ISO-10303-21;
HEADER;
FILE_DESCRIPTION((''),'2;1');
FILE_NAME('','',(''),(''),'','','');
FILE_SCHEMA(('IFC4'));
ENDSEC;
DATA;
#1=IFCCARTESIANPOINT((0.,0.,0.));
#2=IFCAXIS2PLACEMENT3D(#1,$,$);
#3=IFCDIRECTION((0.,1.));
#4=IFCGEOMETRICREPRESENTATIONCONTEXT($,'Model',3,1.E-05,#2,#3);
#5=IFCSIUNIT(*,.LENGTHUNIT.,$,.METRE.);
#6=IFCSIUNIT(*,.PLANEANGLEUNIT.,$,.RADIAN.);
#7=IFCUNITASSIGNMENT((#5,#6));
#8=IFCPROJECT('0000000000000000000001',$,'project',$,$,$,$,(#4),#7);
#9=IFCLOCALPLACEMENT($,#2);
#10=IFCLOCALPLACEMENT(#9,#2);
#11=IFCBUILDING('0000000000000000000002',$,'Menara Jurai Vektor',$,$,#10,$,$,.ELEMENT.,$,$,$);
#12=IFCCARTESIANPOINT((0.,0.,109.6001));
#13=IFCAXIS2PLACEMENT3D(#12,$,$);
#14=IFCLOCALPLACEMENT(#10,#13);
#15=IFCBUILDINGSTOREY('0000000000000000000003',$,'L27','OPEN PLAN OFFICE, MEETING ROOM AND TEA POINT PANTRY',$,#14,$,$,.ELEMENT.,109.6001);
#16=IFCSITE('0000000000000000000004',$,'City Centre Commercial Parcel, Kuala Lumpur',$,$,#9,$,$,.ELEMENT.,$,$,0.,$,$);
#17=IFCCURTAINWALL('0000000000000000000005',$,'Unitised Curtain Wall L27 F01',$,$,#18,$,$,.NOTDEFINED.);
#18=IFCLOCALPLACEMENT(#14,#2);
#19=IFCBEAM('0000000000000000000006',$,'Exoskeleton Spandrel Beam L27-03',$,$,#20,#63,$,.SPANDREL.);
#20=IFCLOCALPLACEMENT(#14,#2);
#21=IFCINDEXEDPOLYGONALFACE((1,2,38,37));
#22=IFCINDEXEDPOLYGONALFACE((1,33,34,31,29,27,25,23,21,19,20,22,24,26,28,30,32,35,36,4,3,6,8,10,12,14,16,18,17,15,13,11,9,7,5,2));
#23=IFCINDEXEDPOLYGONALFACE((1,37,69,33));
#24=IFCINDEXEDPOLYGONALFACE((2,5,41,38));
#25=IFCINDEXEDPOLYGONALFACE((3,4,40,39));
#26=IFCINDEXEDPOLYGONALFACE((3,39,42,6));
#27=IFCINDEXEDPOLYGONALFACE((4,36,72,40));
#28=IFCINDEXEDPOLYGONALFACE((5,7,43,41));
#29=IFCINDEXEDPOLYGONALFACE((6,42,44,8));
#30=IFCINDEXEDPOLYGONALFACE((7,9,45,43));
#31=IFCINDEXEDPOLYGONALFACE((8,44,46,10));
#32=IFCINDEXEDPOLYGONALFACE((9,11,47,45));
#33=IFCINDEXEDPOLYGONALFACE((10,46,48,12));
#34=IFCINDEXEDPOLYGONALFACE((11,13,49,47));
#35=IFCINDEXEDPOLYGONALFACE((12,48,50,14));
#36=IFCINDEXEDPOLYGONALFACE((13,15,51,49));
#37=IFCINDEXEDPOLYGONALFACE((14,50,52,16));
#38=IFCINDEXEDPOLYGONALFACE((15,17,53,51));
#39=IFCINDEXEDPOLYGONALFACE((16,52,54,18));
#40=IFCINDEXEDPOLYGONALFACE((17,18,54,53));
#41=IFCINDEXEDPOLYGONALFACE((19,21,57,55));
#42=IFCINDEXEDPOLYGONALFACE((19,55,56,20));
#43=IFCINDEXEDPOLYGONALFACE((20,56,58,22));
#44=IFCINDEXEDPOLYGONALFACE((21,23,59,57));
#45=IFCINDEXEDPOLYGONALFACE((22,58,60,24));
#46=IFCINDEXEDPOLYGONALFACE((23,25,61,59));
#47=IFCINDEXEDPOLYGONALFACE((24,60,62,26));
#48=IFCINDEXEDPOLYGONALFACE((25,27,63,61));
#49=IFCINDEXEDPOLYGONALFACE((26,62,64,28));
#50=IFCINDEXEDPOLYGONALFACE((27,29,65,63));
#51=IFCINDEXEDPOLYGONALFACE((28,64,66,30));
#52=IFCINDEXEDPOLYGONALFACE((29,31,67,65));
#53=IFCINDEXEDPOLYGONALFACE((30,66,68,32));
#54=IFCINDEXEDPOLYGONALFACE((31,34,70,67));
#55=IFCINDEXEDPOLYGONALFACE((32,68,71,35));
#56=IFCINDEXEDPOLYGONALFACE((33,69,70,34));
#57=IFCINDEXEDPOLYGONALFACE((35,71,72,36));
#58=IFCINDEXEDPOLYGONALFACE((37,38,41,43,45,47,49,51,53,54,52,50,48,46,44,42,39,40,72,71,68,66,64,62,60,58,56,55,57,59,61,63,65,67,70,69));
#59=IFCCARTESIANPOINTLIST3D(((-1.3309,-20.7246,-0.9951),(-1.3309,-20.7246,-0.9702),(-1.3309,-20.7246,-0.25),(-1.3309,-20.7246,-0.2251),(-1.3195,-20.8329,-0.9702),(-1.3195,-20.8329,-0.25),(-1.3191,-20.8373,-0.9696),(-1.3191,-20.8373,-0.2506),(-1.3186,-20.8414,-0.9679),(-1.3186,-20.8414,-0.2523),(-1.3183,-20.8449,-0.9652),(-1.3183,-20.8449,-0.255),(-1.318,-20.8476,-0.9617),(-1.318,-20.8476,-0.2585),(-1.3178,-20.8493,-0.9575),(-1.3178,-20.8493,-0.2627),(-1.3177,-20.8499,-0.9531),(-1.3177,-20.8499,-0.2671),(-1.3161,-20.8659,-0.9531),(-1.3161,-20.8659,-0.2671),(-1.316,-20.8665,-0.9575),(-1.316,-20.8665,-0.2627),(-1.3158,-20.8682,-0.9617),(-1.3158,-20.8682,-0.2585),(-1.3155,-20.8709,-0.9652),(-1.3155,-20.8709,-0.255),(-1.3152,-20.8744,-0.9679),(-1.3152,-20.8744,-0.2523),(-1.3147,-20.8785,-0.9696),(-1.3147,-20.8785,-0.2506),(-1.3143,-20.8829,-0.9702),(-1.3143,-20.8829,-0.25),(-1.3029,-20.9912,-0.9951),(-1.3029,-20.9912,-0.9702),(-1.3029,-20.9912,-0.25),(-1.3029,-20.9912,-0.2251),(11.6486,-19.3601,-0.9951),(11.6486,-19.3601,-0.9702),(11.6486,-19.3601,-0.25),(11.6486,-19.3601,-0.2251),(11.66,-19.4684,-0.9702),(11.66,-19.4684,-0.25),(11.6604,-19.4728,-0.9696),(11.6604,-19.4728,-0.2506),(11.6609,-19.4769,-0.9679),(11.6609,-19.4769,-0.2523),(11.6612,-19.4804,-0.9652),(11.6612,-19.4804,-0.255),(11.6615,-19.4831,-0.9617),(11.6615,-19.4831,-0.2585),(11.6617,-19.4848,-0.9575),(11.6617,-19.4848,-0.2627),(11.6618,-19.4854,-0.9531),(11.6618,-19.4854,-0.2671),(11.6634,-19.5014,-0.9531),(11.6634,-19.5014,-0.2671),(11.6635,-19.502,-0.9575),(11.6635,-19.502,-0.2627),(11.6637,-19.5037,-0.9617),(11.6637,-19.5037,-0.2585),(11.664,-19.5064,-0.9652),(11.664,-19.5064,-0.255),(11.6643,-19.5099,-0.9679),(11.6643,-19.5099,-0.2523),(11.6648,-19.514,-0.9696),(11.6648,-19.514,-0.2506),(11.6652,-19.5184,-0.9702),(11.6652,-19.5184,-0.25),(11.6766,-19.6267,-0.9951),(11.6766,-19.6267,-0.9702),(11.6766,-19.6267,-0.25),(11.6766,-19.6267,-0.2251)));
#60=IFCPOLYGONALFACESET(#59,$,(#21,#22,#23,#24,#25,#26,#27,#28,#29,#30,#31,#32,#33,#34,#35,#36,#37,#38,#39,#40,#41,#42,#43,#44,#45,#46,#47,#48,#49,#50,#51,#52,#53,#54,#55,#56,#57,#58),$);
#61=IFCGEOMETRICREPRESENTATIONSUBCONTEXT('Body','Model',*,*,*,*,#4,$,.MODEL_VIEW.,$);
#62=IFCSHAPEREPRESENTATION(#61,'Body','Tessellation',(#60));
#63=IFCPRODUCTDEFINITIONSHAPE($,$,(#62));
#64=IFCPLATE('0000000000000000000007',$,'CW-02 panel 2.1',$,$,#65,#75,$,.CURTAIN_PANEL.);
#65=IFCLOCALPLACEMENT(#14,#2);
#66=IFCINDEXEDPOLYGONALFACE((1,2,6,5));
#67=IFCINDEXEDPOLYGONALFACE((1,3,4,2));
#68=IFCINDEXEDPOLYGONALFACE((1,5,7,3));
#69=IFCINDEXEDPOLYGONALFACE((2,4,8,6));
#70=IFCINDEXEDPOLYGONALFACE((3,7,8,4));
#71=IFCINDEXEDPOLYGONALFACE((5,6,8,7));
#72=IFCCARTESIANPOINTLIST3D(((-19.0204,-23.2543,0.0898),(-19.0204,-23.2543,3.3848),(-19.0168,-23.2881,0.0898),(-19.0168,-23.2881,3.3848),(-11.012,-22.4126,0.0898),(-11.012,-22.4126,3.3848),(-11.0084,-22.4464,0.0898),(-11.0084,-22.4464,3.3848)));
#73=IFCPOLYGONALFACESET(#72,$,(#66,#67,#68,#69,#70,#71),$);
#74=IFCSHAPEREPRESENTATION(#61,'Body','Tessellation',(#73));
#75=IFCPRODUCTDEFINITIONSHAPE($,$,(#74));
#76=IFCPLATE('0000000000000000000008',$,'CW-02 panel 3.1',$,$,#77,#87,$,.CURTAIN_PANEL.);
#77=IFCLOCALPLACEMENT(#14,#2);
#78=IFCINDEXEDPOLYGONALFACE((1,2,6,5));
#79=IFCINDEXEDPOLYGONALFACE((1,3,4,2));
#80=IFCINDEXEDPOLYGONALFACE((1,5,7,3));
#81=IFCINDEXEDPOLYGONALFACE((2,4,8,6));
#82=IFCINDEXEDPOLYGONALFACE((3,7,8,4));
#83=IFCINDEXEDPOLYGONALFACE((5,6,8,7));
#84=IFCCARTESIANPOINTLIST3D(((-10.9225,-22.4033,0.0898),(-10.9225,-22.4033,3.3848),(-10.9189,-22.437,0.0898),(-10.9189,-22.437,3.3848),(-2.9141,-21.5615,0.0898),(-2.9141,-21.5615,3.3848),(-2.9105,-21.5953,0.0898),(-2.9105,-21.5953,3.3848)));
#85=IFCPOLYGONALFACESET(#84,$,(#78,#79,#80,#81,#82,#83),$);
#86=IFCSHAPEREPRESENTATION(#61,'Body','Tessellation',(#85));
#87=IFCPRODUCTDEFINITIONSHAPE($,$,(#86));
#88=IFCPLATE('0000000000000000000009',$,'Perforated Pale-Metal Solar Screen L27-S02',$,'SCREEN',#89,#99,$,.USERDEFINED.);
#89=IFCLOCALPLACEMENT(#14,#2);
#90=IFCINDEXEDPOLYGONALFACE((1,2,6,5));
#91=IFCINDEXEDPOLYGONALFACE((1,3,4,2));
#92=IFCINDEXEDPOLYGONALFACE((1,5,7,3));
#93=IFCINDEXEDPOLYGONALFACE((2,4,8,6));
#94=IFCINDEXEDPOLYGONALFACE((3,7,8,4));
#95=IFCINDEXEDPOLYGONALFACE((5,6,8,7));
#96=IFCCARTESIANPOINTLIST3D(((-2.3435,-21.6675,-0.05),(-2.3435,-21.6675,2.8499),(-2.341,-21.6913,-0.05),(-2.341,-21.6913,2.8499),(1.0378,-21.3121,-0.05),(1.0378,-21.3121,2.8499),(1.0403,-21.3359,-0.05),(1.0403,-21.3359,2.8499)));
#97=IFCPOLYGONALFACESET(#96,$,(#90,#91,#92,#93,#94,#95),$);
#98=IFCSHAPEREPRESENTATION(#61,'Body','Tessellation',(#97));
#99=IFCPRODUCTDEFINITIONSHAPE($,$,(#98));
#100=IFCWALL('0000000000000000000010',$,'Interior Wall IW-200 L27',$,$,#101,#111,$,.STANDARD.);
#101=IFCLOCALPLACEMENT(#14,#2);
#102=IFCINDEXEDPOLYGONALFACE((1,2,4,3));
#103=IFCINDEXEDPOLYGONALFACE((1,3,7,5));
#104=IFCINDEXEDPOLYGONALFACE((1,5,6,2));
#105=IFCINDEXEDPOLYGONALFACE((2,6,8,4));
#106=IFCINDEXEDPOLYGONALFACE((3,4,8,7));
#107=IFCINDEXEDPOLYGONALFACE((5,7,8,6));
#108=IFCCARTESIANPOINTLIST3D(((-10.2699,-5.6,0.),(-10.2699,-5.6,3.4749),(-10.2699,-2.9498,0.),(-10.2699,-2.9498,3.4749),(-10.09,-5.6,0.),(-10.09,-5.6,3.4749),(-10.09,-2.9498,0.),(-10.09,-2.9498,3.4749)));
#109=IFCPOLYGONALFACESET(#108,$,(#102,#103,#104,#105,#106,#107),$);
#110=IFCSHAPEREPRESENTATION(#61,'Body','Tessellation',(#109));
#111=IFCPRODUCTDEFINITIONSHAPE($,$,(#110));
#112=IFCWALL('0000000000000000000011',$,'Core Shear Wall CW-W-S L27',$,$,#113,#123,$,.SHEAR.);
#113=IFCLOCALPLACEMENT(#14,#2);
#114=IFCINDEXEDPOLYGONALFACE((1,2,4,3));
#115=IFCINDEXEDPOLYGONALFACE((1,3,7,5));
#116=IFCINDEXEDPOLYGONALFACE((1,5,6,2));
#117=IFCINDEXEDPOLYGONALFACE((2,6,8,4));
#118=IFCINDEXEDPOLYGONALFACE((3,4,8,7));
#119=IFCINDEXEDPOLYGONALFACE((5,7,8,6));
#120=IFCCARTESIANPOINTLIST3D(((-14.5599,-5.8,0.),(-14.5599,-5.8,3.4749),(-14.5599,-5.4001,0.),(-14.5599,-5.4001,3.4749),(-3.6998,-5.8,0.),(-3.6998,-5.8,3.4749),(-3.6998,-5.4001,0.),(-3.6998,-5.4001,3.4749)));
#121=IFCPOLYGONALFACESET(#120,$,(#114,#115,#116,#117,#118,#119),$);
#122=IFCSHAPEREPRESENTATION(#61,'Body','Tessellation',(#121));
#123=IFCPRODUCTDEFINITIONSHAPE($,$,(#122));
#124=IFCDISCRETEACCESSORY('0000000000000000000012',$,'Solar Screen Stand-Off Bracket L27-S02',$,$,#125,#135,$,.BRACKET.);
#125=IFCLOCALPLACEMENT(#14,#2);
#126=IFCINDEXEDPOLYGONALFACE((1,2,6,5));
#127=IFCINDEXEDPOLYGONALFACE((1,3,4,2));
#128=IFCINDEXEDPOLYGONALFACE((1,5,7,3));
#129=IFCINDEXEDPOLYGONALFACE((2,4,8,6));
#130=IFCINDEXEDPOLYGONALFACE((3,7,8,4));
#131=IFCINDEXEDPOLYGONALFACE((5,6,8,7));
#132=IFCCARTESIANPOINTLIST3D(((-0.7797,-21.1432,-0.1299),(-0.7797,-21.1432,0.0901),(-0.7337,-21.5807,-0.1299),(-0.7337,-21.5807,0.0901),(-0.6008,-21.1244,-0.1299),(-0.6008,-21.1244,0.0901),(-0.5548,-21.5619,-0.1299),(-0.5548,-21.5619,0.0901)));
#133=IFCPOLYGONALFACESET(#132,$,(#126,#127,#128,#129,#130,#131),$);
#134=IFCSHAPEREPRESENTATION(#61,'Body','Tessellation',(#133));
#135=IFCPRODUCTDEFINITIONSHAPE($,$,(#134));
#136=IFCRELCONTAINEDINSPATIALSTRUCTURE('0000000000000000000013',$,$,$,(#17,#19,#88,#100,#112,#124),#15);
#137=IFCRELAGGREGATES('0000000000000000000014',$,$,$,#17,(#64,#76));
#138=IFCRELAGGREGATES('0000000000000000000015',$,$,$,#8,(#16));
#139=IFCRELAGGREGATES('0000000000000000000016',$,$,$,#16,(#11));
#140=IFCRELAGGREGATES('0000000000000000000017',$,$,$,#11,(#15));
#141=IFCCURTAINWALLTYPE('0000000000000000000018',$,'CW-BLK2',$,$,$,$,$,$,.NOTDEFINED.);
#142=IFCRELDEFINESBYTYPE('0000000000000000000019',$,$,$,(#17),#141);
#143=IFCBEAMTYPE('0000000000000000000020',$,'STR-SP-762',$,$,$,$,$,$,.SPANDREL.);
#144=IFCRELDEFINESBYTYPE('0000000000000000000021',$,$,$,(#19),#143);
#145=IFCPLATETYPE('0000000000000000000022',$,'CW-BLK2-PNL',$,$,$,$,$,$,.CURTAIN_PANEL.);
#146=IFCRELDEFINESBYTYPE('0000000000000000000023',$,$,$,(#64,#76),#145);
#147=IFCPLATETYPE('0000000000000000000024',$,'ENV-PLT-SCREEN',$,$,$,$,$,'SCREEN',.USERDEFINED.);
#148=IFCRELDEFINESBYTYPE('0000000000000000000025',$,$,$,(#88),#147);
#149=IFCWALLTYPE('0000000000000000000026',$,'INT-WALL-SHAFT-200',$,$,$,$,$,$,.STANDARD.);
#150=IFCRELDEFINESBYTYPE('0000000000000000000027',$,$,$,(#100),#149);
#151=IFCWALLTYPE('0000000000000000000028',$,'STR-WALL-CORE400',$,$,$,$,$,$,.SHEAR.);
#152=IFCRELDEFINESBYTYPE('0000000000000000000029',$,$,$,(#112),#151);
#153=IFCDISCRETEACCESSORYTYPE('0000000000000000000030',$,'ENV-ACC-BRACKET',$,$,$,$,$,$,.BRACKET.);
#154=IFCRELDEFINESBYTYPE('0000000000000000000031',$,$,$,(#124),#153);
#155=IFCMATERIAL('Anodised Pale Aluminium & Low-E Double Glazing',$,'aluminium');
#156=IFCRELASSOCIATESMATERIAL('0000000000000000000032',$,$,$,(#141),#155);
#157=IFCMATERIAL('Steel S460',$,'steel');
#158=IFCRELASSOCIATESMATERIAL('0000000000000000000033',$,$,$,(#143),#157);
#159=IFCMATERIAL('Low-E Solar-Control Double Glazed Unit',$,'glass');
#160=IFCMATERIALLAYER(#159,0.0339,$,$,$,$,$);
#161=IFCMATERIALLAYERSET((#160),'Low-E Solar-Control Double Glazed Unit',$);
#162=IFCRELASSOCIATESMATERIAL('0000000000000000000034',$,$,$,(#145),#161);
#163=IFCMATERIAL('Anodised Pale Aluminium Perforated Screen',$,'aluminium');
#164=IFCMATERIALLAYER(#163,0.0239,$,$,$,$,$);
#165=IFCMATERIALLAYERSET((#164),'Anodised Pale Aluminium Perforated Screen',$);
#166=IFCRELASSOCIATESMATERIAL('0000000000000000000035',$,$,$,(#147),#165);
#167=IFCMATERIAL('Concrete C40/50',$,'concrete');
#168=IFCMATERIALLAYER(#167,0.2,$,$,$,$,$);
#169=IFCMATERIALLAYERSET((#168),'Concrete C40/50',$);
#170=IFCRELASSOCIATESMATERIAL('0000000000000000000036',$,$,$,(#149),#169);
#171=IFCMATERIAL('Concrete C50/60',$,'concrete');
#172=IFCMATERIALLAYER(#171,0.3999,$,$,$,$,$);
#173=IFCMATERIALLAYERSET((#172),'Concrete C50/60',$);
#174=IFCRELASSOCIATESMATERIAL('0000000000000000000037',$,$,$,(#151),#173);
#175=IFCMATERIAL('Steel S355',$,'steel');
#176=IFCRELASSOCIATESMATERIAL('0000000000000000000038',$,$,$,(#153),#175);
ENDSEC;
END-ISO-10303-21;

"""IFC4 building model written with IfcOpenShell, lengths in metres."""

from ifc_helpers import new_model, si_unit, direction, frame, frame_2d, origin, origin_2d, place, context, subcontext, project, spatial, rectangle, i_section, extrude, material, layer, layer_set, material_profile, profile_set, type_object, element, aggregate, save


model = new_model("IFC4")

# Units and contexts
model_context = context("Model", 3, precision=1e-05, world=origin(), true_north=direction((0.0, 1.0)))
body_context = subcontext(model_context, "Body", "Model", "MODEL_VIEW")
ifc_project = project(units=[si_unit("LENGTHUNIT", "METRE"), si_unit("PLANEANGLEUNIT", "RADIAN")], contexts=[model_context])

# Site, building, storey
site_placement = place(None, origin())
site = spatial("IfcSite", under=ifc_project, at=site_placement, Name="City Centre Commercial Parcel, Kuala Lumpur", CompositionType="ELEMENT", RefElevation=0.0)
building_placement = place(site_placement, origin())
building = spatial("IfcBuilding", under=site, at=building_placement, Name="Menara Jurai Vektor", CompositionType="ELEMENT")
storey_placement = place(building_placement, frame((0.0, 0.0, 109.6001)))
storey = spatial("IfcBuildingStorey", under=building, at=storey_placement, Name="L27", Description="OPEN PLAN OFFICE, MEETING ROOM AND TEA POINT PANTRY", CompositionType="ELEMENT", Elevation=109.6001)

# Shared definitions
ifc_material_1 = material(Name="Concrete C50/60", Category="concrete")
ifc_material_2 = material(Name="Steel S460", Category="steel")

# Curtain wall
ifc_material_3 = material(Name="Anodised Pale Aluminium & Low-E Double Glazing", Category="aluminium")
curtain_wall_type = type_object("IfcCurtainWallType", Name="CW-BLK2", PredefinedType="NOTDEFINED", material=ifc_material_3)
curtain_wall_placement = place(storey_placement, origin())
curtain_wall = element("IfcCurtainWall", 1, at=curtain_wall_placement, inside=storey, type_object=curtain_wall_type, Name="Unitised Curtain Wall L27 F01", PredefinedType="NOTDEFINED")

# Beam
ifc_material_4 = material(Name="Steel S355", Category="steel")
ifc_material_profile_1 = material_profile(ifc_material_2, i_section(OverallWidth=0.2681, OverallDepth=0.77, WebThickness=0.0161, FlangeThickness=0.0249, FilletRadius=0.0171, at=origin_2d()), Name="UKB 762x267x197")
ifc_profile_set_1 = profile_set([ifc_material_profile_1], Name="Steel S460")
beam_type_1 = type_object("IfcBeamType", Name="STR-SP-762", PredefinedType="SPANDREL", material=ifc_profile_set_1)
beam_1_placement = place(storey_placement, frame((-1.3169, -20.8579, -0.6101), z_axis=(0.994519, 0.104551, 0.0), x_axis=(-0.104551, 0.994519, 0.0)))
element("IfcBeam", 2, at=beam_1_placement, inside=storey, type_object=beam_type_1, Name="Exoskeleton Spandrel Beam L27-03", PredefinedType="SPANDREL", context=body_context, shape_type="SweptSolid", body=[
    extrude(i_section(OverallWidth=0.2681, OverallDepth=0.77, WebThickness=0.0161, FlangeThickness=0.0249, FilletRadius=0.0171, at=origin_2d()), origin(), (0.0, 0.0, 1.0), 13.051),
])

# Plates
ifc_material_5 = material(Name="Low-E Solar-Control Double Glazed Unit", Category="glass")
ifc_layer_1 = layer(ifc_material_5, 0.0339)
ifc_layer_set_1 = layer_set([ifc_layer_1], Name="Low-E Solar-Control Double Glazed Unit")
plate_type_1 = type_object("IfcPlateType", Name="CW-BLK2-PNL", PredefinedType="CURTAIN_PANEL", material=ifc_layer_set_1)
plate_1_placement = place(storey_placement, frame((-15.0144, -22.8503, 0.0898), z_axis=(0.0, 0.0, 1.0), x_axis=(0.994522, 0.104529, 0.0)))
plate_1 = element("IfcPlate", 3, at=plate_1_placement, type_object=plate_type_1, Name="CW-02 panel 2.1", PredefinedType="CURTAIN_PANEL", context=body_context, shape_type="SweptSolid", body=[
    extrude(rectangle(XDim=8.0525, YDim=0.0339, at=origin_2d()), origin(), (0.0, 0.0, 1.0), 3.2949),
])
plate_2_placement = place(storey_placement, frame((-6.9165, -21.9993, 0.0898), z_axis=(0.0, 0.0, 1.0), x_axis=(0.994522, 0.104529, 0.0)))
plate_2 = element("IfcPlate", 4, at=plate_2_placement, type_object=plate_type_1, Name="CW-02 panel 3.1", PredefinedType="CURTAIN_PANEL", context=body_context, shape_type="SweptSolid", body=[
    extrude(rectangle(XDim=8.0525, YDim=0.0339, at=origin_2d()), origin(), (0.0, 0.0, 1.0), 3.2949),
])
aggregate(curtain_wall, [plate_1, plate_2])
ifc_material_6 = material(Name="Anodised Pale Aluminium Perforated Screen", Category="aluminium")
ifc_layer_2 = layer(ifc_material_6, 0.0239)
ifc_layer_set_2 = layer_set([ifc_layer_2], Name="Anodised Pale Aluminium Perforated Screen")
plate_type_2 = type_object("IfcPlateType", Name="ENV-PLT-SCREEN", ElementType="SCREEN", PredefinedType="USERDEFINED", material=ifc_layer_set_2)
plate_3_placement = place(storey_placement, frame((-0.6516, -21.5017, -0.05), z_axis=(0.0, 0.0, 1.0), x_axis=(0.994522, 0.104528, 0.0)))
element("IfcPlate", 5, at=plate_3_placement, inside=storey, type_object=plate_type_2, Name="Perforated Pale-Metal Solar Screen L27-S02", ObjectType="SCREEN", PredefinedType="USERDEFINED", context=body_context, shape_type="SweptSolid", body=[
    extrude(rectangle(XDim=3.3999, YDim=0.0239, at=origin_2d()), origin(), (0.0, 0.0, 1.0), 2.8999),
])

# Walls
ifc_material_7 = material(Name="Concrete C40/50", Category="concrete")
ifc_layer_3 = layer(ifc_material_7, 0.2)
ifc_layer_set_3 = layer_set([ifc_layer_3], Name="Concrete C40/50")
wall_type_1 = type_object("IfcWallType", Name="INT-WALL-SHAFT-200", PredefinedType="STANDARD", material=ifc_layer_set_3)
wall_1_placement = place(storey_placement, frame((-10.1799, -5.6001, 0.0), z_axis=(0.0, 0.0, 1.0), x_axis=(0.0, 1.0, 0.0)))
element("IfcWall", 6, at=wall_1_placement, inside=storey, type_object=wall_type_1, Name="Interior Wall IW-200 L27", PredefinedType="STANDARD", context=body_context, shape_type="SweptSolid", body=[
    extrude(rectangle(XDim=2.6501, YDim=0.1799, at=frame_2d((1.3252, 0.0))), origin(), (0.0, 0.0, 1.0), 3.4749),
])
ifc_layer_4 = layer(ifc_material_1, 0.3999)
ifc_layer_set_4 = layer_set([ifc_layer_4], Name="Concrete C50/60")
wall_type_2 = type_object("IfcWallType", Name="STR-WALL-CORE400", PredefinedType="SHEAR", material=ifc_layer_set_4)
wall_2_placement = place(storey_placement, frame((-14.5601, -5.6001, 0.0), z_axis=(0.0, 0.0, 1.0), x_axis=(1.0, 0.0, 0.0)))
element("IfcWall", 7, at=wall_2_placement, inside=storey, type_object=wall_type_2, Name="Core Shear Wall CW-W-S L27", PredefinedType="SHEAR", context=body_context, shape_type="SweptSolid", body=[
    extrude(rectangle(XDim=10.8601, YDim=0.3999, at=frame_2d((5.4302, 0.0))), origin(), (0.0, 0.0, 1.0), 3.4749),
])

# Discrete accessory
discrete_accessory_type = type_object("IfcDiscreteAccessoryType", Name="ENV-ACC-BRACKET", PredefinedType="BRACKET", material=ifc_material_4)
discrete_accessory_placement = place(storey_placement, frame((-0.6672, -21.3525, -0.1299), z_axis=(0.0, 0.0, 1.0), x_axis=(0.994522, 0.104528, 0.0)))
element("IfcDiscreteAccessory", 8, at=discrete_accessory_placement, inside=storey, type_object=discrete_accessory_type, Name="Solar Screen Stand-Off Bracket L27-S02", PredefinedType="BRACKET", context=body_context, shape_type="SweptSolid", body=[
    extrude(rectangle(XDim=0.1799, YDim=0.4399, at=origin_2d()), origin(), (0.0, 0.0, 1.0), 0.22),
])

save(model, "model.ifc")
